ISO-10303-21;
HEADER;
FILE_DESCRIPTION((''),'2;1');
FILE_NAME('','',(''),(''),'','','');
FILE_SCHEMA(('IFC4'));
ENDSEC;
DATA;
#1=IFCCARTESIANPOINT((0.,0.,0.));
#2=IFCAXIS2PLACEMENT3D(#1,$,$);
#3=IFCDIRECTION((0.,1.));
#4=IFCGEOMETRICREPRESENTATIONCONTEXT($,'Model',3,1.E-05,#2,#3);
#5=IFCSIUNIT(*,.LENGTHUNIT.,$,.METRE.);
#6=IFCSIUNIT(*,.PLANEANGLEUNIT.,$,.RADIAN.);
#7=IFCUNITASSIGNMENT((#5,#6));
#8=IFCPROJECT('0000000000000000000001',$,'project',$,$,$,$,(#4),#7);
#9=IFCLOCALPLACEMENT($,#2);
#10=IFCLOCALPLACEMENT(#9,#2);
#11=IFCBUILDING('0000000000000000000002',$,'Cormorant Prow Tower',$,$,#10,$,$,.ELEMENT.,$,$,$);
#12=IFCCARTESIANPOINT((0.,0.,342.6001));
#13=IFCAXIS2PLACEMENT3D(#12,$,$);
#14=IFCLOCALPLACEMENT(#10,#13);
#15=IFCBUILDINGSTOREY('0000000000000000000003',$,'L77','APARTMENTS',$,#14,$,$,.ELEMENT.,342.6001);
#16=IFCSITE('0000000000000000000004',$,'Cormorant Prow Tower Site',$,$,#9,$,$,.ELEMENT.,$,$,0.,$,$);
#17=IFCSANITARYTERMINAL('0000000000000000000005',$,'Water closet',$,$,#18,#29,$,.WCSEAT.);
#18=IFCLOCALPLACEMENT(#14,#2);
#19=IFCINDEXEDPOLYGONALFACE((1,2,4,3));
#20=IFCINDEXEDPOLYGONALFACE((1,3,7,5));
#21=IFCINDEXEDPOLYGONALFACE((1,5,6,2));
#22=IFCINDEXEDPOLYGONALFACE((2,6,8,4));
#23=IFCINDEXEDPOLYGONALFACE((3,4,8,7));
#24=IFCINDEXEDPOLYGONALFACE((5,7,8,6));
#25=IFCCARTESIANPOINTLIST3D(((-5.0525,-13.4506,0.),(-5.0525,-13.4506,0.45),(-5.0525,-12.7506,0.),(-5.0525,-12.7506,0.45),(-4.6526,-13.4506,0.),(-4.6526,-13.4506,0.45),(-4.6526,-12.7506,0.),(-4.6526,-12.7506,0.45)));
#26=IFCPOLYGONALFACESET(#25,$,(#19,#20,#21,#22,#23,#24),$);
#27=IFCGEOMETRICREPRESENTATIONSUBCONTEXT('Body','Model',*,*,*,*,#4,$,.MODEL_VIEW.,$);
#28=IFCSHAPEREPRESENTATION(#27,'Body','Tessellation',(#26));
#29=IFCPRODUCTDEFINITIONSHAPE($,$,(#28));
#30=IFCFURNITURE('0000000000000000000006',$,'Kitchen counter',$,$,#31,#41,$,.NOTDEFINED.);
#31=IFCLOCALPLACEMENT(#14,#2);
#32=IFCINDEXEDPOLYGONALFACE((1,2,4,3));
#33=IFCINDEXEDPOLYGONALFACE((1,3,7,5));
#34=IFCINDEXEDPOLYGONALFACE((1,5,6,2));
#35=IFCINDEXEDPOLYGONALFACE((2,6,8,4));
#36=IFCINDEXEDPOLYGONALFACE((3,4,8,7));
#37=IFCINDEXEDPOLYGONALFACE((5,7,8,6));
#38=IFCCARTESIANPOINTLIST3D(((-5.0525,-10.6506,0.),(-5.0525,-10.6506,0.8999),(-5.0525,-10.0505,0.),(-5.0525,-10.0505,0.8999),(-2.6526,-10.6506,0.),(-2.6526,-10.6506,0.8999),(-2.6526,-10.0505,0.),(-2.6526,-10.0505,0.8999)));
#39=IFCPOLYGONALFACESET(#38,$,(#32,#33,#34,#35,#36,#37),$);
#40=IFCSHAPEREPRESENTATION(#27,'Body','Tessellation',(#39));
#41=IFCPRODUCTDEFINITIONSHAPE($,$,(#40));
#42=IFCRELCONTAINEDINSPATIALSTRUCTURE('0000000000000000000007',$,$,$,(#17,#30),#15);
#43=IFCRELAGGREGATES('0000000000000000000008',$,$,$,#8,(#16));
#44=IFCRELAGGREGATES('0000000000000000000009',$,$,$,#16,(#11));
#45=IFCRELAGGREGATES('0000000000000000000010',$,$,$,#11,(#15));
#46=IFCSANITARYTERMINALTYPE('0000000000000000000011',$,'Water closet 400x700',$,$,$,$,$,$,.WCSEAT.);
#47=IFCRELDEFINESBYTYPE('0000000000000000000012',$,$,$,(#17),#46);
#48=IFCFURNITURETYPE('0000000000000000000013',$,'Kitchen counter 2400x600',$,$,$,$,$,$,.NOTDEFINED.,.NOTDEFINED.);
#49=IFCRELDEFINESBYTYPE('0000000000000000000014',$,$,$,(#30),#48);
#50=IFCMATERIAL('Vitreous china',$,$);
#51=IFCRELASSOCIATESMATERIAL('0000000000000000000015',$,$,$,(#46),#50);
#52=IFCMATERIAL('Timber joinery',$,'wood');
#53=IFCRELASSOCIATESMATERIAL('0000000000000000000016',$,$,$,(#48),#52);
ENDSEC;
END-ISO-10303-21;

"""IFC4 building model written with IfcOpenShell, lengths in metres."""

from ifc_helpers import new_model, si_unit, direction, frame, origin, origin_2d, place, context, subcontext, project, spatial, rectangle, extrude, material, type_object, element, save


model = new_model("IFC4")

# Units and contexts
model_context = context("Model", 3, precision=1e-05, world=origin(), true_north=direction((0.0, 1.0)))
body_context = subcontext(model_context, "Body", "Model", "MODEL_VIEW")
ifc_project = project(units=[si_unit("LENGTHUNIT", "METRE"), si_unit("PLANEANGLEUNIT", "RADIAN")], contexts=[model_context])

# Site, building, storey
site_placement = place(None, origin())
site = spatial("IfcSite", under=ifc_project, at=site_placement, Name="Cormorant Prow Tower Site", CompositionType="ELEMENT", RefElevation=0.0)
building_placement = place(site_placement, origin())
building = spatial("IfcBuilding", under=site, at=building_placement, Name="Cormorant Prow Tower", CompositionType="ELEMENT")
storey_placement = place(building_placement, frame((0.0, 0.0, 342.6001)))
storey = spatial("IfcBuildingStorey", under=building, at=storey_placement, Name="L77", Description="APARTMENTS", CompositionType="ELEMENT", Elevation=342.6001)

# Sanitary terminal
ifc_material_1 = material(Name="Vitreous china")
sanitary_terminal_type_1 = type_object("IfcSanitaryTerminalType", Name="Water closet 400x700", PredefinedType="WCSEAT", material=ifc_material_1)
for number, where, z_axis, x_axis, name in (
    (1, (-4.8525, -13.1006, 0.0), (0.0, 0.0, 1.0), (1.0, 0.0, 0.0), "Water closet"),
):
    element("IfcSanitaryTerminal", number, at=place(storey_placement, frame(where, z_axis=z_axis, x_axis=x_axis)), inside=storey, type_object=sanitary_terminal_type_1, Name=name, PredefinedType="WCSEAT", context=body_context, shape_type="SweptSolid", body=[
        extrude(rectangle(XDim=0.3999, YDim=0.7, at=origin_2d()), origin(), (0.0, 0.0, 1.0), 0.45),
    ])

# Furniture
ifc_material_2 = material(Name="Timber joinery", Category="wood")
furniture_type = type_object("IfcFurnitureType", Name="Kitchen counter 2400x600", AssemblyPlace="NOTDEFINED", PredefinedType="NOTDEFINED", material=ifc_material_2)
furniture_placement = place(storey_placement, frame((-3.8525, -10.3506, 0.0), z_axis=(0.0, 0.0, 1.0), x_axis=(1.0, 0.0, 0.0)))
element("IfcFurniture", 2, at=furniture_placement, inside=storey, type_object=furniture_type, Name="Kitchen counter", PredefinedType="NOTDEFINED", context=body_context, shape_type="SweptSolid", body=[
    extrude(rectangle(XDim=2.3999, YDim=0.6001, at=origin_2d()), origin(), (0.0, 0.0, 1.0), 0.8999),
])

save(model, "model.ifc")
